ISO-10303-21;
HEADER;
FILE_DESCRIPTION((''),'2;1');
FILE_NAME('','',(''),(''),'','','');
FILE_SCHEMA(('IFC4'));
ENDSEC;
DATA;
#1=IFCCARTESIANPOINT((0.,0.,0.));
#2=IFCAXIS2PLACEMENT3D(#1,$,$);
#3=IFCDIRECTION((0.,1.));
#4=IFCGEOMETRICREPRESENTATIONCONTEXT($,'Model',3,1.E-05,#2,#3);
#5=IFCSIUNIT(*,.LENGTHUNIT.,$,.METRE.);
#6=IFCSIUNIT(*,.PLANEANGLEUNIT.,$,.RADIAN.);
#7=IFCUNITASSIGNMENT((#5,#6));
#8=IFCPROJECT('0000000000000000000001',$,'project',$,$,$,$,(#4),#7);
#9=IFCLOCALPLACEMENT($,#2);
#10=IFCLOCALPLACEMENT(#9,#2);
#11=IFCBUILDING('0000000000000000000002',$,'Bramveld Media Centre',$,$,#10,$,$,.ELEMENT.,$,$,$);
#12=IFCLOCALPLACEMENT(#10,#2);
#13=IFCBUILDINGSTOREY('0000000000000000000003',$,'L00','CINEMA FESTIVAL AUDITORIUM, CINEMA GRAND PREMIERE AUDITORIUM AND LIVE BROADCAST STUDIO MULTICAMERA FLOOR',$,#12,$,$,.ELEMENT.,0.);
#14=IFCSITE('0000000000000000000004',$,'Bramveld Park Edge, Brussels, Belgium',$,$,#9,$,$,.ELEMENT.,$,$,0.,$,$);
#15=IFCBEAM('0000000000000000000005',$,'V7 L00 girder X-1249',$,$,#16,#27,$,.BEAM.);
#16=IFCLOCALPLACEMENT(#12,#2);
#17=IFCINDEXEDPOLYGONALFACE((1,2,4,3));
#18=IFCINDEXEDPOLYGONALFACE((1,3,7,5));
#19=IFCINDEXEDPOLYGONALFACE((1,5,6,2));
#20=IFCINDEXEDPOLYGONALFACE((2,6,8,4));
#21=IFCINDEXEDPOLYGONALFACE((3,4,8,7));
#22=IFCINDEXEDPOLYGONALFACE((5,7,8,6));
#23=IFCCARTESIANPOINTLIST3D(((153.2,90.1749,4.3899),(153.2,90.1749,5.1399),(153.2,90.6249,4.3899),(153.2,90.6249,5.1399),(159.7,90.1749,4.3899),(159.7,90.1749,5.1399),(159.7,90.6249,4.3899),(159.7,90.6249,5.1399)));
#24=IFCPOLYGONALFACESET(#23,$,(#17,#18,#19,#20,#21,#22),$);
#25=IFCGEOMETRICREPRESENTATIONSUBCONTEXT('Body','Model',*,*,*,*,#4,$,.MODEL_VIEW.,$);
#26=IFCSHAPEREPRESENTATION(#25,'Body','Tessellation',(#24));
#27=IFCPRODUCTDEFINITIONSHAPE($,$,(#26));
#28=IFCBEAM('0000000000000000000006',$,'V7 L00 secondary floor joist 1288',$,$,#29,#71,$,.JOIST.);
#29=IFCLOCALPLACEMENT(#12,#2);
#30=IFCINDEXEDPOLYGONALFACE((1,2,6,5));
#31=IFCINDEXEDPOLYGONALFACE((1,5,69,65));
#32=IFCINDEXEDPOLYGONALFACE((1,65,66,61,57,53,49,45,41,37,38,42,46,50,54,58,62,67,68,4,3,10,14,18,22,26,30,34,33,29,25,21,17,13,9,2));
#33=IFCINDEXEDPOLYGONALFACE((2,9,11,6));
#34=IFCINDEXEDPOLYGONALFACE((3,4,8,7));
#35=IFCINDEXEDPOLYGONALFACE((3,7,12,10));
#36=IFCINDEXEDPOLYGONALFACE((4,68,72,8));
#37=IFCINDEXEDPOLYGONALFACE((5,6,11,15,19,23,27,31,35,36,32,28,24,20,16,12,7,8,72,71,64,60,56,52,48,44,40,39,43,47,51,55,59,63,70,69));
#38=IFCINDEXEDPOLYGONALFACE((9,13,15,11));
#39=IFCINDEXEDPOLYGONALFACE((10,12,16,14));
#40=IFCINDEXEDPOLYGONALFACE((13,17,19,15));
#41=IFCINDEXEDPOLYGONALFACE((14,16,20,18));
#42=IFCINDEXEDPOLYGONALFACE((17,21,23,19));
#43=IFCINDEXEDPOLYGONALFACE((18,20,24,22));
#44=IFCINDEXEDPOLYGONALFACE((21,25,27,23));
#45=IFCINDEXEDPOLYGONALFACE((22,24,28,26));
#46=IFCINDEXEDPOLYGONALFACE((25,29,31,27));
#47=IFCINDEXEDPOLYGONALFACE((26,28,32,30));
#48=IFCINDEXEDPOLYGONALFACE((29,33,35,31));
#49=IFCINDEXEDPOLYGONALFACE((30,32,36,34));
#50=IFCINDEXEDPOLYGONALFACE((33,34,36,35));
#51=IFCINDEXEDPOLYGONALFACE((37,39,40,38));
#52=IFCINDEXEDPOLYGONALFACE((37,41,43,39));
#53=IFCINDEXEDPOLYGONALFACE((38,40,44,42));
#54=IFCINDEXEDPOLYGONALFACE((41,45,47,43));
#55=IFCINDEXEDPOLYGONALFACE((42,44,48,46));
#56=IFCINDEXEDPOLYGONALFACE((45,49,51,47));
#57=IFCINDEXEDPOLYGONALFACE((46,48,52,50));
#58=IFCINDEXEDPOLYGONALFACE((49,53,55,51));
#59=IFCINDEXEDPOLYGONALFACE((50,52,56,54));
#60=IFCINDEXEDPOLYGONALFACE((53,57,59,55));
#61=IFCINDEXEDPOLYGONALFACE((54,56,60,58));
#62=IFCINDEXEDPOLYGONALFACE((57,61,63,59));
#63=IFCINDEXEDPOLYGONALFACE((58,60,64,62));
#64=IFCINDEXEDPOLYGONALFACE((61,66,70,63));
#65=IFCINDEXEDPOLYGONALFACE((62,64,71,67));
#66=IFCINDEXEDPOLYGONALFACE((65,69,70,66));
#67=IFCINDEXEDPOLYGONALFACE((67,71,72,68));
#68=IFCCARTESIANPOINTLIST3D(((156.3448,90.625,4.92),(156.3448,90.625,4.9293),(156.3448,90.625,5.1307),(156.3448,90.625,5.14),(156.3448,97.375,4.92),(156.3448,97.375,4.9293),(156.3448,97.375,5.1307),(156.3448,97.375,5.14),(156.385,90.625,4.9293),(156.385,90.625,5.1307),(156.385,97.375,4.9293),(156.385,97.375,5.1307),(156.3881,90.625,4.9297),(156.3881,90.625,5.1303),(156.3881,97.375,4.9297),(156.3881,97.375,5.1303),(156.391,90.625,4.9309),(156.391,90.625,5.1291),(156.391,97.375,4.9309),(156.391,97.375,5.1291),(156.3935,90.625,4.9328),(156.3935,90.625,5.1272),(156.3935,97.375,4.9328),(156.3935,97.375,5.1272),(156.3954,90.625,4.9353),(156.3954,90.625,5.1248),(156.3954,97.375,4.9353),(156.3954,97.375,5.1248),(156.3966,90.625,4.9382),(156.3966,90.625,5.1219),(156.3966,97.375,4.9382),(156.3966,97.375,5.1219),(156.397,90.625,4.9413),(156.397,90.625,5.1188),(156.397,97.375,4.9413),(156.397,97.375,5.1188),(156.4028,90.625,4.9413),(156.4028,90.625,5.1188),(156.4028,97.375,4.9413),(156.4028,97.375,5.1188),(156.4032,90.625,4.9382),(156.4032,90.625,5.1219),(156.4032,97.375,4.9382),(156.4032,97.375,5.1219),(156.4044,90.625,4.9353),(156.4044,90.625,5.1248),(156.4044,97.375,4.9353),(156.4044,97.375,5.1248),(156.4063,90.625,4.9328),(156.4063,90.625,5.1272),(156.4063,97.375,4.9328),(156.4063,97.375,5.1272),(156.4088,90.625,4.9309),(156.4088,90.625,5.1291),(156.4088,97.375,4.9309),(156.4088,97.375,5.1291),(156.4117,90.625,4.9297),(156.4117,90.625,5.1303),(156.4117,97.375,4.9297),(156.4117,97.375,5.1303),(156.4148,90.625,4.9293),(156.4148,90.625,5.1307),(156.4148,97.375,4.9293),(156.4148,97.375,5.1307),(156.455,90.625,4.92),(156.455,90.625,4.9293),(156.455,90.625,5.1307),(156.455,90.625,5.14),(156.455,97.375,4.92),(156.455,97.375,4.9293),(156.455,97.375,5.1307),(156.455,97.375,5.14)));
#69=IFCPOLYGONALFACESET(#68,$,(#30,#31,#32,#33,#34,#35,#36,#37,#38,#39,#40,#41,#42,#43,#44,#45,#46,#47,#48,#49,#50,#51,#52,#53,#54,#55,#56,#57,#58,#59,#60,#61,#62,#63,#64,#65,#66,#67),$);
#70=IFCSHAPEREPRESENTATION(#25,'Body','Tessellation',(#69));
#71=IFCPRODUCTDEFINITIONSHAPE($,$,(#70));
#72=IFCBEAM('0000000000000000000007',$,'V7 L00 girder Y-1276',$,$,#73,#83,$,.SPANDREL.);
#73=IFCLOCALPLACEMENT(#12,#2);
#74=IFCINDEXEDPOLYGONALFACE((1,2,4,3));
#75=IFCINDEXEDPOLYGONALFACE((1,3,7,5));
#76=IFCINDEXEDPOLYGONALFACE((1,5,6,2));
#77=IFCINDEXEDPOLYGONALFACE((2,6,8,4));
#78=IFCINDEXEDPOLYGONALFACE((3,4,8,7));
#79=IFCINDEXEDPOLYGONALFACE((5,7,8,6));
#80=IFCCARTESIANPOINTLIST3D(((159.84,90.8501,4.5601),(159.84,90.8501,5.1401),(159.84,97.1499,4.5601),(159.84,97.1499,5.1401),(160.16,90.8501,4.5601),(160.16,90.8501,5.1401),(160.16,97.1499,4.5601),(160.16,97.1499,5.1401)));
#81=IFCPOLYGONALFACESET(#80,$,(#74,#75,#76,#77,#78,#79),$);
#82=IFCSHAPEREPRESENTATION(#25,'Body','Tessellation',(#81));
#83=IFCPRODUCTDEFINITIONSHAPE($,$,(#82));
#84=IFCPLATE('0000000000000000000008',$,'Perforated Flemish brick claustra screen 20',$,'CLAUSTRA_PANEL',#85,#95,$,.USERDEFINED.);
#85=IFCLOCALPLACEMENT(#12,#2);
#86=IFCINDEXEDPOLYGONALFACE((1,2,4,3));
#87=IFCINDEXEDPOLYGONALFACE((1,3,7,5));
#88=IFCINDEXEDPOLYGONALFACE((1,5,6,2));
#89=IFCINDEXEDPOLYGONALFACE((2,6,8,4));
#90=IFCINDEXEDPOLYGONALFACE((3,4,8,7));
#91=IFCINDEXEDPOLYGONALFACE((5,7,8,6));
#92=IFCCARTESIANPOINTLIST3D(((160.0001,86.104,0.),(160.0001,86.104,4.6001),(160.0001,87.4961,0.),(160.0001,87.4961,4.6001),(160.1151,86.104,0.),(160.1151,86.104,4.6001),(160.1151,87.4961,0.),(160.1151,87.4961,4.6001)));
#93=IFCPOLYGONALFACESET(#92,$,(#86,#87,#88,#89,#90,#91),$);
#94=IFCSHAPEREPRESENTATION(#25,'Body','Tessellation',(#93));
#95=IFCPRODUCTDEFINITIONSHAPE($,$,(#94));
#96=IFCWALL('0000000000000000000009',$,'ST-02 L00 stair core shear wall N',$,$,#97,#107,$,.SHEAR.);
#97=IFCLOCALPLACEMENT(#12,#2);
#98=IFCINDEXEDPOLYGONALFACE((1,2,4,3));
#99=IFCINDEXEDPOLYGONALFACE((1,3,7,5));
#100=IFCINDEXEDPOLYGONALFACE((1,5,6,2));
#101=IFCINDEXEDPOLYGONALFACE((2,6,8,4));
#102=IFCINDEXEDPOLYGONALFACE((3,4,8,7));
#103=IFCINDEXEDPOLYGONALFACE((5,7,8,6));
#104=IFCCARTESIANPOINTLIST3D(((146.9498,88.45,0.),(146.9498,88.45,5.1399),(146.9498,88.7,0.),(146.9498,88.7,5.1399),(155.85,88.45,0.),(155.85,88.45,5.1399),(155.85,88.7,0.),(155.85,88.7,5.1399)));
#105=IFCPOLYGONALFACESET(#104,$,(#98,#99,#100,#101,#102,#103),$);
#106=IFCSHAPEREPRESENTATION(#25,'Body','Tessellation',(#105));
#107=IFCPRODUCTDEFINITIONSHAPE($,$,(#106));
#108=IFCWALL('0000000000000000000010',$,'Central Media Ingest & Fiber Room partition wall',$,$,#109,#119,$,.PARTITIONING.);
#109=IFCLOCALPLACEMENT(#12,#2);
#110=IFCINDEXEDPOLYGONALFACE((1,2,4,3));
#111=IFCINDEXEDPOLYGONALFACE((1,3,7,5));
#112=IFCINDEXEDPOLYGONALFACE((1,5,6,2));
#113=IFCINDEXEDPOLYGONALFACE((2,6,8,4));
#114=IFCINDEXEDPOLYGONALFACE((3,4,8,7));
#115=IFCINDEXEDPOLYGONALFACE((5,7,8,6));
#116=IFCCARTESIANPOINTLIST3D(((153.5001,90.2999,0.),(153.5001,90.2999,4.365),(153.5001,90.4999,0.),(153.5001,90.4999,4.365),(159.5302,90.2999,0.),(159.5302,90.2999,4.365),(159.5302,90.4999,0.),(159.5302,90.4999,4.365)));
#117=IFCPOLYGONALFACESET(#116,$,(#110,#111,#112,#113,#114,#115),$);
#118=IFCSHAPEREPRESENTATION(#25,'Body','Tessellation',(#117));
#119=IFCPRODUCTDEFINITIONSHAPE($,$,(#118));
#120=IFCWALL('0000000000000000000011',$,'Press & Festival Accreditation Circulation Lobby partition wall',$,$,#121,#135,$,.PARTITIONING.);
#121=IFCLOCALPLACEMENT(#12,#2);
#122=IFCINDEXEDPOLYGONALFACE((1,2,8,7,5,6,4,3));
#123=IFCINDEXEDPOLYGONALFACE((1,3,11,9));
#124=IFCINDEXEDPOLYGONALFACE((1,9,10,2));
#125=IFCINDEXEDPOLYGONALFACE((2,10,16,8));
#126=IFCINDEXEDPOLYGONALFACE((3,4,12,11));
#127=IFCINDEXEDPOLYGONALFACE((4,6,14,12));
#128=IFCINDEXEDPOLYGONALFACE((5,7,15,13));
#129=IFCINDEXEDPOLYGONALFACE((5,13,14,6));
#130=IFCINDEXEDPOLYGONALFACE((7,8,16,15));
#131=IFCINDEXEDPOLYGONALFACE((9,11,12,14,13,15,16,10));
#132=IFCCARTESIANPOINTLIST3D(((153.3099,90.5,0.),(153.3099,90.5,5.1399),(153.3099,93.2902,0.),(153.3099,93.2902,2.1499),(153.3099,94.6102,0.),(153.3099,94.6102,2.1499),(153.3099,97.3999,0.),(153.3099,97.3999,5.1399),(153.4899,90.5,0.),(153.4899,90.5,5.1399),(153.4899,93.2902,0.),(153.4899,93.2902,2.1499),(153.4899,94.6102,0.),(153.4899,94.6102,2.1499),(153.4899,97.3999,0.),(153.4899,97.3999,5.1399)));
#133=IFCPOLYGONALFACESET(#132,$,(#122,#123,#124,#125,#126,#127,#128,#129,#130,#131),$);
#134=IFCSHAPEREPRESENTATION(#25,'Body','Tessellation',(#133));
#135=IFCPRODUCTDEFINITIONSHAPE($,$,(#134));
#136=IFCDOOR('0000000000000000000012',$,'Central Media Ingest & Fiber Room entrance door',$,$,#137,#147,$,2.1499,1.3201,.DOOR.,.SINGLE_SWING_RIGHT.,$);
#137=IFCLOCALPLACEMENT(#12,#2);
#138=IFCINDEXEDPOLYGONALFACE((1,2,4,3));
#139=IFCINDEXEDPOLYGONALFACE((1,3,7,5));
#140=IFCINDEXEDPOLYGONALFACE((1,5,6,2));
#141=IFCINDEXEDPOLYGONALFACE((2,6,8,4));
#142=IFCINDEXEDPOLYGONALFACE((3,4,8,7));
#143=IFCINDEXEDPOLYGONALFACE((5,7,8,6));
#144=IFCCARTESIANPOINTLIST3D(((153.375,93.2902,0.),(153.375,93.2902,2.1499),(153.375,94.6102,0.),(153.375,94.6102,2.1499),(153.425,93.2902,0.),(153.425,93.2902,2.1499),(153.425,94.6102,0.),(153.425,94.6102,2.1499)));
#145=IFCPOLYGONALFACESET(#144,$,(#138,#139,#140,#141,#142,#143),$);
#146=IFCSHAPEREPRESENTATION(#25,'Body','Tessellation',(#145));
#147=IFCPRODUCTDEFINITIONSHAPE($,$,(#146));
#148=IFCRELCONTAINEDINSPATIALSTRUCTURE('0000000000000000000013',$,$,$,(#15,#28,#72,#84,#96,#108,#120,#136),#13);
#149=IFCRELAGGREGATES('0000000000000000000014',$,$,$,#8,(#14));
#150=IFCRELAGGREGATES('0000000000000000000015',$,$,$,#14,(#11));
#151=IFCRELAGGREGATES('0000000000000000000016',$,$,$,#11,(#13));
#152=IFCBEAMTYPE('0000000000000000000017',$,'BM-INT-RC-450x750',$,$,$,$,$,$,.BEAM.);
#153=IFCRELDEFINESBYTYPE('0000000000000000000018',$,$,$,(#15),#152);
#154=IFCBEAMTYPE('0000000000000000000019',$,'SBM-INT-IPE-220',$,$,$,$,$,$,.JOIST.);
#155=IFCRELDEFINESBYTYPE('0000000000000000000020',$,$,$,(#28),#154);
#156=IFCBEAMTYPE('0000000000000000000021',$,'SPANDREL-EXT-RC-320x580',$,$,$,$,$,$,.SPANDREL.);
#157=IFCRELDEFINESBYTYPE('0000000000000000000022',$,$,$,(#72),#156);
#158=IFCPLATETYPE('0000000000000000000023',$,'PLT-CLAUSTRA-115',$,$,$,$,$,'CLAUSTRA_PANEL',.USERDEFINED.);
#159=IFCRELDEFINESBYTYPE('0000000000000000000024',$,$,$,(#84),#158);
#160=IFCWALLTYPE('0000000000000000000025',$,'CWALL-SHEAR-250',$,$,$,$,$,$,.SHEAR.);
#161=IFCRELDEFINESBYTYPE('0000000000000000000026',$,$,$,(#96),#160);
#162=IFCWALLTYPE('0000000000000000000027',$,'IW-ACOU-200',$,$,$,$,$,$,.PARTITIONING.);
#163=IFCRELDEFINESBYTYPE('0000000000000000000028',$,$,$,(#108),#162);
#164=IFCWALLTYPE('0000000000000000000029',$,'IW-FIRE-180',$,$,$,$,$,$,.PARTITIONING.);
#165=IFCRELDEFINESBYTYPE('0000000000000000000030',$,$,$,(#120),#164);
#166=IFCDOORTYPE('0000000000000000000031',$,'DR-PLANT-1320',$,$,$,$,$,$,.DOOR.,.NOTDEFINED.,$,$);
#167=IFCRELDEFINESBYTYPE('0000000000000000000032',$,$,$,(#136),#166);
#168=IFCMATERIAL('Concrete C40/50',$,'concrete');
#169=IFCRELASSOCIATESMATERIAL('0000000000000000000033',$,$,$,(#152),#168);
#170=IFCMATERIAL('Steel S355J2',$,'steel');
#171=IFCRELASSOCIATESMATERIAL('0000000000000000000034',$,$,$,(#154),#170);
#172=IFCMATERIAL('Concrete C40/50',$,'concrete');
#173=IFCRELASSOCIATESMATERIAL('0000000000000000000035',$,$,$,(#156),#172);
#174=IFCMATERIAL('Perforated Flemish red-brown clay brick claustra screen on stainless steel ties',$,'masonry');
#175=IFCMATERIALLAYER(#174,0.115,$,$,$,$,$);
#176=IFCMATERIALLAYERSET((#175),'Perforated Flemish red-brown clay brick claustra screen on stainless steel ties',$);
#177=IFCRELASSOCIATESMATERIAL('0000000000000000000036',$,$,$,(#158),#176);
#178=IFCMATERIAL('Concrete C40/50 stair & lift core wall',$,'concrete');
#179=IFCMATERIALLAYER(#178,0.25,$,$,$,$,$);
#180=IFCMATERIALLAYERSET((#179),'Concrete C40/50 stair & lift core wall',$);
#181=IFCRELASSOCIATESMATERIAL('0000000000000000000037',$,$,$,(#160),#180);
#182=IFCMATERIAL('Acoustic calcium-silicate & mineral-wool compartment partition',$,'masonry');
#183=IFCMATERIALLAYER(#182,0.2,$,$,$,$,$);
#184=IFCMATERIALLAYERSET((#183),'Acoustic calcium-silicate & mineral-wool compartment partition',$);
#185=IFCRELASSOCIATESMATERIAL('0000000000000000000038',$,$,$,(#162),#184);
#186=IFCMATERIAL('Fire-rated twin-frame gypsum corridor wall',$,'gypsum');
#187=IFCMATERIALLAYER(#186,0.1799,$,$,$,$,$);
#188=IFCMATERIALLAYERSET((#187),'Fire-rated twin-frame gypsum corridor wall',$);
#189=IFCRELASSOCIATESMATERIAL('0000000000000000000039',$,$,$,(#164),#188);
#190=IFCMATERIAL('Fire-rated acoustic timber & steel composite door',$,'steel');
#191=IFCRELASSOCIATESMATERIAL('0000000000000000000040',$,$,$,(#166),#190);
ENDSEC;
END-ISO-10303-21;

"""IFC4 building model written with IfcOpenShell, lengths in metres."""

from ifc_helpers import new_model, si_unit, direction, frame, frame_2d, origin, origin_2d, place, context, subcontext, project, spatial, rectangle, i_section, extrude, material, layer, layer_set, material_profile, profile_set, type_object, element, fill, save


model = new_model("IFC4")

# Units and contexts
model_context = context("Model", 3, precision=1e-05, world=origin(), true_north=direction((0.0, 1.0)))
body_context = subcontext(model_context, "Body", "Model", "MODEL_VIEW")
ifc_project = project(units=[si_unit("LENGTHUNIT", "METRE"), si_unit("PLANEANGLEUNIT", "RADIAN")], contexts=[model_context])

# Site, building, storey
site_placement = place(None, origin())
site = spatial("IfcSite", under=ifc_project, at=site_placement, Name="Bramveld Park Edge, Brussels, Belgium", CompositionType="ELEMENT", RefElevation=0.0)
building_placement = place(site_placement, origin())
building = spatial("IfcBuilding", under=site, at=building_placement, Name="Bramveld Media Centre", CompositionType="ELEMENT")
storey_placement = place(building_placement, origin())
storey = spatial("IfcBuildingStorey", under=building, at=storey_placement, Name="L00", Description="CINEMA FESTIVAL AUDITORIUM, CINEMA GRAND PREMIERE AUDITORIUM AND LIVE BROADCAST STUDIO MULTICAMERA FLOOR", CompositionType="ELEMENT", Elevation=0.0)

# Beams
ifc_material_1 = material(Name="Concrete C40/50", Category="concrete")
ifc_material_profile_1 = material_profile(ifc_material_1, rectangle(XDim=0.45, YDim=0.75, at=origin_2d()), Name="RC 450x750")
ifc_profile_set_1 = profile_set([ifc_material_profile_1], Name="Concrete C40/50")
beam_type_1 = type_object("IfcBeamType", Name="BM-INT-RC-450x750", PredefinedType="BEAM", material=ifc_profile_set_1)
beam_1_placement = place(storey_placement, frame((153.2, 90.3999, 4.7649), z_axis=(1.0, 0.0, 0.0), x_axis=(0.0, 1.0, 0.0)))
element("IfcBeam", 1, at=beam_1_placement, inside=storey, type_object=beam_type_1, Name="V7 L00 girder X-1249", PredefinedType="BEAM", context=body_context, shape_type="SweptSolid", body=[
    extrude(rectangle(XDim=0.45, YDim=0.75, at=origin_2d()), origin(), (0.0, 0.0, 1.0), 6.5),
])
ifc_material_2 = material(Name="Steel S355J2", Category="steel")
ifc_material_profile_2 = material_profile(ifc_material_2, i_section(OverallWidth=0.1101, OverallDepth=0.22, WebThickness=0.0059, FlangeThickness=0.0093, FilletRadius=0.012, at=origin_2d()), Name="IPE 220")
ifc_profile_set_2 = profile_set([ifc_material_profile_2], Name="Steel S355J2")
beam_type_2 = type_object("IfcBeamType", Name="SBM-INT-IPE-220", PredefinedType="JOIST", material=ifc_profile_set_2)
beam_2_placement = place(storey_placement, frame((156.3999, 90.625, 5.03), z_axis=(0.0, 1.0, 0.0), x_axis=(-1.0, 0.0, 0.0)))
element("IfcBeam", 2, at=beam_2_placement, inside=storey, type_object=beam_type_2, Name="V7 L00 secondary floor joist 1288", PredefinedType="JOIST", context=body_context, shape_type="SweptSolid", body=[
    extrude(i_section(OverallWidth=0.1101, OverallDepth=0.22, WebThickness=0.0059, FlangeThickness=0.0093, FilletRadius=0.012, at=origin_2d()), origin(), (0.0, 0.0, 1.0), 6.75),
])
ifc_material_3 = material(Name="Concrete C40/50", Category="concrete")
ifc_material_profile_3 = material_profile(ifc_material_3, rectangle(XDim=0.3201, YDim=0.5801, at=origin_2d()), Name="RC 320x580")
ifc_profile_set_3 = profile_set([ifc_material_profile_3], Name="Concrete C40/50")
beam_type_3 = type_object("IfcBeamType", Name="SPANDREL-EXT-RC-320x580", PredefinedType="SPANDREL", material=ifc_profile_set_3)
beam_3_placement = place(storey_placement, frame((160.0, 90.8501, 4.8501), z_axis=(0.0, 1.0, 0.0), x_axis=(-1.0, 0.0, 0.0)))
element("IfcBeam", 3, at=beam_3_placement, inside=storey, type_object=beam_type_3, Name="V7 L00 girder Y-1276", PredefinedType="SPANDREL", context=body_context, shape_type="SweptSolid", body=[
    extrude(rectangle(XDim=0.3201, YDim=0.5801, at=origin_2d()), origin(), (0.0, 0.0, 1.0), 6.2998),
])

# Plate
ifc_material_4 = material(Name="Perforated Flemish red-brown clay brick claustra screen on stainless steel ties", Category="masonry")
ifc_layer_1 = layer(ifc_material_4, 0.115)
ifc_layer_set_1 = layer_set([ifc_layer_1], Name="Perforated Flemish red-brown clay brick claustra screen on stainless steel ties")
plate_type = type_object("IfcPlateType", Name="PLT-CLAUSTRA-115", ElementType="CLAUSTRA_PANEL", PredefinedType="USERDEFINED", material=ifc_layer_set_1)
plate_placement = place(storey_placement, frame((160.0576, 86.8, 0.0), z_axis=(0.0, 0.0, 1.0), x_axis=(0.0, 1.0, 0.0)))
element("IfcPlate", 4, at=plate_placement, inside=storey, type_object=plate_type, Name="Perforated Flemish brick claustra screen 20", ObjectType="CLAUSTRA_PANEL", PredefinedType="USERDEFINED", context=body_context, shape_type="SweptSolid", body=[
    extrude(rectangle(XDim=1.3921, YDim=0.115, at=origin_2d()), origin(), (0.0, 0.0, 1.0), 4.6001),
])

# Walls
ifc_material_5 = material(Name="Concrete C40/50 stair & lift core wall", Category="concrete")
ifc_layer_2 = layer(ifc_material_5, 0.25)
ifc_layer_set_2 = layer_set([ifc_layer_2], Name="Concrete C40/50 stair & lift core wall")
wall_type_1 = type_object("IfcWallType", Name="CWALL-SHEAR-250", PredefinedType="SHEAR", material=ifc_layer_set_2)
wall_1_placement = place(storey_placement, frame((155.8501, 88.575, 0.0), z_axis=(0.0, 0.0, 1.0), x_axis=(-1.0, 0.0, 0.0)))
element("IfcWall", 5, at=wall_1_placement, inside=storey, type_object=wall_type_1, Name="ST-02 L00 stair core shear wall N", PredefinedType="SHEAR", context=body_context, shape_type="SweptSolid", body=[
    extrude(rectangle(XDim=8.9001, YDim=0.25, at=frame_2d((4.4502, 0.0))), origin(), (0.0, 0.0, 1.0), 5.1399),
])
ifc_material_6 = material(Name="Acoustic calcium-silicate & mineral-wool compartment partition", Category="masonry")
ifc_layer_3 = layer(ifc_material_6, 0.2)
ifc_layer_set_3 = layer_set([ifc_layer_3], Name="Acoustic calcium-silicate & mineral-wool compartment partition")
wall_type_2 = type_object("IfcWallType", Name="IW-ACOU-200", PredefinedType="PARTITIONING", material=ifc_layer_set_3)
wall_2_placement = place(storey_placement, frame((153.5, 90.3999, 0.0), z_axis=(0.0, 0.0, 1.0), x_axis=(1.0, 0.0, 0.0)))
element("IfcWall", 6, at=wall_2_placement, inside=storey, type_object=wall_type_2, Name="Central Media Ingest & Fiber Room partition wall", PredefinedType="PARTITIONING", context=body_context, shape_type="SweptSolid", body=[
    extrude(rectangle(XDim=6.03, YDim=0.2, at=frame_2d((3.0151, 0.0))), origin(), (0.0, 0.0, 1.0), 4.365),
])

# Wall, opening, door
ifc_material_7 = material(Name="Fire-rated twin-frame gypsum corridor wall", Category="gypsum")
ifc_layer_4 = layer(ifc_material_7, 0.1799)
ifc_layer_set_4 = layer_set([ifc_layer_4], Name="Fire-rated twin-frame gypsum corridor wall")
wall_type_3 = type_object("IfcWallType", Name="IW-FIRE-180", PredefinedType="PARTITIONING", material=ifc_layer_set_4)
wall_3_placement = place(storey_placement, frame((153.3999, 90.5, 0.0), z_axis=(0.0, 0.0, 1.0), x_axis=(0.0, 1.0, 0.0)))
wall_3 = element("IfcWall", 7, at=wall_3_placement, inside=storey, type_object=wall_type_3, Name="Press & Festival Accreditation Circulation Lobby partition wall", PredefinedType="PARTITIONING", context=body_context, shape_type="SweptSolid", body=[
    extrude(rectangle(XDim=6.8999, YDim=0.1799, at=frame_2d((3.45, 0.0))), origin(), (0.0, 0.0, 1.0), 5.1399),
])
opening_placement = place(wall_3_placement, frame((2.79, 0.0, 0.0)))
opening = element("IfcOpeningElement", 8, at=opening_placement, cuts=wall_3, PredefinedType="OPENING", context=body_context, shape_type="SweptSolid", body=[
    extrude(rectangle(XDim=1.3201, YDim=2.1499, at=frame_2d((0.6602, 1.075))), frame((0.0, 0.1021, 0.0), z_axis=(0.0, -1.0, 0.0), x_axis=(1.0, 0.0, 0.0)), (0.0, 0.0, 1.0), 0.2039),
])
ifc_material_8 = material(Name="Fire-rated acoustic timber & steel composite door", Category="steel")
door_type = type_object("IfcDoorType", Name="DR-PLANT-1320", OperationType="NOTDEFINED", PredefinedType="DOOR", material=ifc_material_8)
door_placement = place(opening_placement, origin())
door = element("IfcDoor", 9, at=door_placement, inside=storey, type_object=door_type, Name="Central Media Ingest & Fiber Room entrance door", OperationType="SINGLE_SWING_RIGHT", OverallHeight=2.1499, OverallWidth=1.3201, PredefinedType="DOOR", context=body_context, shape_type="SweptSolid", body=[
    extrude(rectangle(XDim=1.3201, YDim=2.1499, at=frame_2d((0.6602, 1.075))), frame((0.0, 0.0249, 0.0), z_axis=(0.0, -1.0, 0.0), x_axis=(1.0, 0.0, 0.0)), (0.0, 0.0, 1.0), 0.05),
])
fill(opening, door)

save(model, "model.ifc")
